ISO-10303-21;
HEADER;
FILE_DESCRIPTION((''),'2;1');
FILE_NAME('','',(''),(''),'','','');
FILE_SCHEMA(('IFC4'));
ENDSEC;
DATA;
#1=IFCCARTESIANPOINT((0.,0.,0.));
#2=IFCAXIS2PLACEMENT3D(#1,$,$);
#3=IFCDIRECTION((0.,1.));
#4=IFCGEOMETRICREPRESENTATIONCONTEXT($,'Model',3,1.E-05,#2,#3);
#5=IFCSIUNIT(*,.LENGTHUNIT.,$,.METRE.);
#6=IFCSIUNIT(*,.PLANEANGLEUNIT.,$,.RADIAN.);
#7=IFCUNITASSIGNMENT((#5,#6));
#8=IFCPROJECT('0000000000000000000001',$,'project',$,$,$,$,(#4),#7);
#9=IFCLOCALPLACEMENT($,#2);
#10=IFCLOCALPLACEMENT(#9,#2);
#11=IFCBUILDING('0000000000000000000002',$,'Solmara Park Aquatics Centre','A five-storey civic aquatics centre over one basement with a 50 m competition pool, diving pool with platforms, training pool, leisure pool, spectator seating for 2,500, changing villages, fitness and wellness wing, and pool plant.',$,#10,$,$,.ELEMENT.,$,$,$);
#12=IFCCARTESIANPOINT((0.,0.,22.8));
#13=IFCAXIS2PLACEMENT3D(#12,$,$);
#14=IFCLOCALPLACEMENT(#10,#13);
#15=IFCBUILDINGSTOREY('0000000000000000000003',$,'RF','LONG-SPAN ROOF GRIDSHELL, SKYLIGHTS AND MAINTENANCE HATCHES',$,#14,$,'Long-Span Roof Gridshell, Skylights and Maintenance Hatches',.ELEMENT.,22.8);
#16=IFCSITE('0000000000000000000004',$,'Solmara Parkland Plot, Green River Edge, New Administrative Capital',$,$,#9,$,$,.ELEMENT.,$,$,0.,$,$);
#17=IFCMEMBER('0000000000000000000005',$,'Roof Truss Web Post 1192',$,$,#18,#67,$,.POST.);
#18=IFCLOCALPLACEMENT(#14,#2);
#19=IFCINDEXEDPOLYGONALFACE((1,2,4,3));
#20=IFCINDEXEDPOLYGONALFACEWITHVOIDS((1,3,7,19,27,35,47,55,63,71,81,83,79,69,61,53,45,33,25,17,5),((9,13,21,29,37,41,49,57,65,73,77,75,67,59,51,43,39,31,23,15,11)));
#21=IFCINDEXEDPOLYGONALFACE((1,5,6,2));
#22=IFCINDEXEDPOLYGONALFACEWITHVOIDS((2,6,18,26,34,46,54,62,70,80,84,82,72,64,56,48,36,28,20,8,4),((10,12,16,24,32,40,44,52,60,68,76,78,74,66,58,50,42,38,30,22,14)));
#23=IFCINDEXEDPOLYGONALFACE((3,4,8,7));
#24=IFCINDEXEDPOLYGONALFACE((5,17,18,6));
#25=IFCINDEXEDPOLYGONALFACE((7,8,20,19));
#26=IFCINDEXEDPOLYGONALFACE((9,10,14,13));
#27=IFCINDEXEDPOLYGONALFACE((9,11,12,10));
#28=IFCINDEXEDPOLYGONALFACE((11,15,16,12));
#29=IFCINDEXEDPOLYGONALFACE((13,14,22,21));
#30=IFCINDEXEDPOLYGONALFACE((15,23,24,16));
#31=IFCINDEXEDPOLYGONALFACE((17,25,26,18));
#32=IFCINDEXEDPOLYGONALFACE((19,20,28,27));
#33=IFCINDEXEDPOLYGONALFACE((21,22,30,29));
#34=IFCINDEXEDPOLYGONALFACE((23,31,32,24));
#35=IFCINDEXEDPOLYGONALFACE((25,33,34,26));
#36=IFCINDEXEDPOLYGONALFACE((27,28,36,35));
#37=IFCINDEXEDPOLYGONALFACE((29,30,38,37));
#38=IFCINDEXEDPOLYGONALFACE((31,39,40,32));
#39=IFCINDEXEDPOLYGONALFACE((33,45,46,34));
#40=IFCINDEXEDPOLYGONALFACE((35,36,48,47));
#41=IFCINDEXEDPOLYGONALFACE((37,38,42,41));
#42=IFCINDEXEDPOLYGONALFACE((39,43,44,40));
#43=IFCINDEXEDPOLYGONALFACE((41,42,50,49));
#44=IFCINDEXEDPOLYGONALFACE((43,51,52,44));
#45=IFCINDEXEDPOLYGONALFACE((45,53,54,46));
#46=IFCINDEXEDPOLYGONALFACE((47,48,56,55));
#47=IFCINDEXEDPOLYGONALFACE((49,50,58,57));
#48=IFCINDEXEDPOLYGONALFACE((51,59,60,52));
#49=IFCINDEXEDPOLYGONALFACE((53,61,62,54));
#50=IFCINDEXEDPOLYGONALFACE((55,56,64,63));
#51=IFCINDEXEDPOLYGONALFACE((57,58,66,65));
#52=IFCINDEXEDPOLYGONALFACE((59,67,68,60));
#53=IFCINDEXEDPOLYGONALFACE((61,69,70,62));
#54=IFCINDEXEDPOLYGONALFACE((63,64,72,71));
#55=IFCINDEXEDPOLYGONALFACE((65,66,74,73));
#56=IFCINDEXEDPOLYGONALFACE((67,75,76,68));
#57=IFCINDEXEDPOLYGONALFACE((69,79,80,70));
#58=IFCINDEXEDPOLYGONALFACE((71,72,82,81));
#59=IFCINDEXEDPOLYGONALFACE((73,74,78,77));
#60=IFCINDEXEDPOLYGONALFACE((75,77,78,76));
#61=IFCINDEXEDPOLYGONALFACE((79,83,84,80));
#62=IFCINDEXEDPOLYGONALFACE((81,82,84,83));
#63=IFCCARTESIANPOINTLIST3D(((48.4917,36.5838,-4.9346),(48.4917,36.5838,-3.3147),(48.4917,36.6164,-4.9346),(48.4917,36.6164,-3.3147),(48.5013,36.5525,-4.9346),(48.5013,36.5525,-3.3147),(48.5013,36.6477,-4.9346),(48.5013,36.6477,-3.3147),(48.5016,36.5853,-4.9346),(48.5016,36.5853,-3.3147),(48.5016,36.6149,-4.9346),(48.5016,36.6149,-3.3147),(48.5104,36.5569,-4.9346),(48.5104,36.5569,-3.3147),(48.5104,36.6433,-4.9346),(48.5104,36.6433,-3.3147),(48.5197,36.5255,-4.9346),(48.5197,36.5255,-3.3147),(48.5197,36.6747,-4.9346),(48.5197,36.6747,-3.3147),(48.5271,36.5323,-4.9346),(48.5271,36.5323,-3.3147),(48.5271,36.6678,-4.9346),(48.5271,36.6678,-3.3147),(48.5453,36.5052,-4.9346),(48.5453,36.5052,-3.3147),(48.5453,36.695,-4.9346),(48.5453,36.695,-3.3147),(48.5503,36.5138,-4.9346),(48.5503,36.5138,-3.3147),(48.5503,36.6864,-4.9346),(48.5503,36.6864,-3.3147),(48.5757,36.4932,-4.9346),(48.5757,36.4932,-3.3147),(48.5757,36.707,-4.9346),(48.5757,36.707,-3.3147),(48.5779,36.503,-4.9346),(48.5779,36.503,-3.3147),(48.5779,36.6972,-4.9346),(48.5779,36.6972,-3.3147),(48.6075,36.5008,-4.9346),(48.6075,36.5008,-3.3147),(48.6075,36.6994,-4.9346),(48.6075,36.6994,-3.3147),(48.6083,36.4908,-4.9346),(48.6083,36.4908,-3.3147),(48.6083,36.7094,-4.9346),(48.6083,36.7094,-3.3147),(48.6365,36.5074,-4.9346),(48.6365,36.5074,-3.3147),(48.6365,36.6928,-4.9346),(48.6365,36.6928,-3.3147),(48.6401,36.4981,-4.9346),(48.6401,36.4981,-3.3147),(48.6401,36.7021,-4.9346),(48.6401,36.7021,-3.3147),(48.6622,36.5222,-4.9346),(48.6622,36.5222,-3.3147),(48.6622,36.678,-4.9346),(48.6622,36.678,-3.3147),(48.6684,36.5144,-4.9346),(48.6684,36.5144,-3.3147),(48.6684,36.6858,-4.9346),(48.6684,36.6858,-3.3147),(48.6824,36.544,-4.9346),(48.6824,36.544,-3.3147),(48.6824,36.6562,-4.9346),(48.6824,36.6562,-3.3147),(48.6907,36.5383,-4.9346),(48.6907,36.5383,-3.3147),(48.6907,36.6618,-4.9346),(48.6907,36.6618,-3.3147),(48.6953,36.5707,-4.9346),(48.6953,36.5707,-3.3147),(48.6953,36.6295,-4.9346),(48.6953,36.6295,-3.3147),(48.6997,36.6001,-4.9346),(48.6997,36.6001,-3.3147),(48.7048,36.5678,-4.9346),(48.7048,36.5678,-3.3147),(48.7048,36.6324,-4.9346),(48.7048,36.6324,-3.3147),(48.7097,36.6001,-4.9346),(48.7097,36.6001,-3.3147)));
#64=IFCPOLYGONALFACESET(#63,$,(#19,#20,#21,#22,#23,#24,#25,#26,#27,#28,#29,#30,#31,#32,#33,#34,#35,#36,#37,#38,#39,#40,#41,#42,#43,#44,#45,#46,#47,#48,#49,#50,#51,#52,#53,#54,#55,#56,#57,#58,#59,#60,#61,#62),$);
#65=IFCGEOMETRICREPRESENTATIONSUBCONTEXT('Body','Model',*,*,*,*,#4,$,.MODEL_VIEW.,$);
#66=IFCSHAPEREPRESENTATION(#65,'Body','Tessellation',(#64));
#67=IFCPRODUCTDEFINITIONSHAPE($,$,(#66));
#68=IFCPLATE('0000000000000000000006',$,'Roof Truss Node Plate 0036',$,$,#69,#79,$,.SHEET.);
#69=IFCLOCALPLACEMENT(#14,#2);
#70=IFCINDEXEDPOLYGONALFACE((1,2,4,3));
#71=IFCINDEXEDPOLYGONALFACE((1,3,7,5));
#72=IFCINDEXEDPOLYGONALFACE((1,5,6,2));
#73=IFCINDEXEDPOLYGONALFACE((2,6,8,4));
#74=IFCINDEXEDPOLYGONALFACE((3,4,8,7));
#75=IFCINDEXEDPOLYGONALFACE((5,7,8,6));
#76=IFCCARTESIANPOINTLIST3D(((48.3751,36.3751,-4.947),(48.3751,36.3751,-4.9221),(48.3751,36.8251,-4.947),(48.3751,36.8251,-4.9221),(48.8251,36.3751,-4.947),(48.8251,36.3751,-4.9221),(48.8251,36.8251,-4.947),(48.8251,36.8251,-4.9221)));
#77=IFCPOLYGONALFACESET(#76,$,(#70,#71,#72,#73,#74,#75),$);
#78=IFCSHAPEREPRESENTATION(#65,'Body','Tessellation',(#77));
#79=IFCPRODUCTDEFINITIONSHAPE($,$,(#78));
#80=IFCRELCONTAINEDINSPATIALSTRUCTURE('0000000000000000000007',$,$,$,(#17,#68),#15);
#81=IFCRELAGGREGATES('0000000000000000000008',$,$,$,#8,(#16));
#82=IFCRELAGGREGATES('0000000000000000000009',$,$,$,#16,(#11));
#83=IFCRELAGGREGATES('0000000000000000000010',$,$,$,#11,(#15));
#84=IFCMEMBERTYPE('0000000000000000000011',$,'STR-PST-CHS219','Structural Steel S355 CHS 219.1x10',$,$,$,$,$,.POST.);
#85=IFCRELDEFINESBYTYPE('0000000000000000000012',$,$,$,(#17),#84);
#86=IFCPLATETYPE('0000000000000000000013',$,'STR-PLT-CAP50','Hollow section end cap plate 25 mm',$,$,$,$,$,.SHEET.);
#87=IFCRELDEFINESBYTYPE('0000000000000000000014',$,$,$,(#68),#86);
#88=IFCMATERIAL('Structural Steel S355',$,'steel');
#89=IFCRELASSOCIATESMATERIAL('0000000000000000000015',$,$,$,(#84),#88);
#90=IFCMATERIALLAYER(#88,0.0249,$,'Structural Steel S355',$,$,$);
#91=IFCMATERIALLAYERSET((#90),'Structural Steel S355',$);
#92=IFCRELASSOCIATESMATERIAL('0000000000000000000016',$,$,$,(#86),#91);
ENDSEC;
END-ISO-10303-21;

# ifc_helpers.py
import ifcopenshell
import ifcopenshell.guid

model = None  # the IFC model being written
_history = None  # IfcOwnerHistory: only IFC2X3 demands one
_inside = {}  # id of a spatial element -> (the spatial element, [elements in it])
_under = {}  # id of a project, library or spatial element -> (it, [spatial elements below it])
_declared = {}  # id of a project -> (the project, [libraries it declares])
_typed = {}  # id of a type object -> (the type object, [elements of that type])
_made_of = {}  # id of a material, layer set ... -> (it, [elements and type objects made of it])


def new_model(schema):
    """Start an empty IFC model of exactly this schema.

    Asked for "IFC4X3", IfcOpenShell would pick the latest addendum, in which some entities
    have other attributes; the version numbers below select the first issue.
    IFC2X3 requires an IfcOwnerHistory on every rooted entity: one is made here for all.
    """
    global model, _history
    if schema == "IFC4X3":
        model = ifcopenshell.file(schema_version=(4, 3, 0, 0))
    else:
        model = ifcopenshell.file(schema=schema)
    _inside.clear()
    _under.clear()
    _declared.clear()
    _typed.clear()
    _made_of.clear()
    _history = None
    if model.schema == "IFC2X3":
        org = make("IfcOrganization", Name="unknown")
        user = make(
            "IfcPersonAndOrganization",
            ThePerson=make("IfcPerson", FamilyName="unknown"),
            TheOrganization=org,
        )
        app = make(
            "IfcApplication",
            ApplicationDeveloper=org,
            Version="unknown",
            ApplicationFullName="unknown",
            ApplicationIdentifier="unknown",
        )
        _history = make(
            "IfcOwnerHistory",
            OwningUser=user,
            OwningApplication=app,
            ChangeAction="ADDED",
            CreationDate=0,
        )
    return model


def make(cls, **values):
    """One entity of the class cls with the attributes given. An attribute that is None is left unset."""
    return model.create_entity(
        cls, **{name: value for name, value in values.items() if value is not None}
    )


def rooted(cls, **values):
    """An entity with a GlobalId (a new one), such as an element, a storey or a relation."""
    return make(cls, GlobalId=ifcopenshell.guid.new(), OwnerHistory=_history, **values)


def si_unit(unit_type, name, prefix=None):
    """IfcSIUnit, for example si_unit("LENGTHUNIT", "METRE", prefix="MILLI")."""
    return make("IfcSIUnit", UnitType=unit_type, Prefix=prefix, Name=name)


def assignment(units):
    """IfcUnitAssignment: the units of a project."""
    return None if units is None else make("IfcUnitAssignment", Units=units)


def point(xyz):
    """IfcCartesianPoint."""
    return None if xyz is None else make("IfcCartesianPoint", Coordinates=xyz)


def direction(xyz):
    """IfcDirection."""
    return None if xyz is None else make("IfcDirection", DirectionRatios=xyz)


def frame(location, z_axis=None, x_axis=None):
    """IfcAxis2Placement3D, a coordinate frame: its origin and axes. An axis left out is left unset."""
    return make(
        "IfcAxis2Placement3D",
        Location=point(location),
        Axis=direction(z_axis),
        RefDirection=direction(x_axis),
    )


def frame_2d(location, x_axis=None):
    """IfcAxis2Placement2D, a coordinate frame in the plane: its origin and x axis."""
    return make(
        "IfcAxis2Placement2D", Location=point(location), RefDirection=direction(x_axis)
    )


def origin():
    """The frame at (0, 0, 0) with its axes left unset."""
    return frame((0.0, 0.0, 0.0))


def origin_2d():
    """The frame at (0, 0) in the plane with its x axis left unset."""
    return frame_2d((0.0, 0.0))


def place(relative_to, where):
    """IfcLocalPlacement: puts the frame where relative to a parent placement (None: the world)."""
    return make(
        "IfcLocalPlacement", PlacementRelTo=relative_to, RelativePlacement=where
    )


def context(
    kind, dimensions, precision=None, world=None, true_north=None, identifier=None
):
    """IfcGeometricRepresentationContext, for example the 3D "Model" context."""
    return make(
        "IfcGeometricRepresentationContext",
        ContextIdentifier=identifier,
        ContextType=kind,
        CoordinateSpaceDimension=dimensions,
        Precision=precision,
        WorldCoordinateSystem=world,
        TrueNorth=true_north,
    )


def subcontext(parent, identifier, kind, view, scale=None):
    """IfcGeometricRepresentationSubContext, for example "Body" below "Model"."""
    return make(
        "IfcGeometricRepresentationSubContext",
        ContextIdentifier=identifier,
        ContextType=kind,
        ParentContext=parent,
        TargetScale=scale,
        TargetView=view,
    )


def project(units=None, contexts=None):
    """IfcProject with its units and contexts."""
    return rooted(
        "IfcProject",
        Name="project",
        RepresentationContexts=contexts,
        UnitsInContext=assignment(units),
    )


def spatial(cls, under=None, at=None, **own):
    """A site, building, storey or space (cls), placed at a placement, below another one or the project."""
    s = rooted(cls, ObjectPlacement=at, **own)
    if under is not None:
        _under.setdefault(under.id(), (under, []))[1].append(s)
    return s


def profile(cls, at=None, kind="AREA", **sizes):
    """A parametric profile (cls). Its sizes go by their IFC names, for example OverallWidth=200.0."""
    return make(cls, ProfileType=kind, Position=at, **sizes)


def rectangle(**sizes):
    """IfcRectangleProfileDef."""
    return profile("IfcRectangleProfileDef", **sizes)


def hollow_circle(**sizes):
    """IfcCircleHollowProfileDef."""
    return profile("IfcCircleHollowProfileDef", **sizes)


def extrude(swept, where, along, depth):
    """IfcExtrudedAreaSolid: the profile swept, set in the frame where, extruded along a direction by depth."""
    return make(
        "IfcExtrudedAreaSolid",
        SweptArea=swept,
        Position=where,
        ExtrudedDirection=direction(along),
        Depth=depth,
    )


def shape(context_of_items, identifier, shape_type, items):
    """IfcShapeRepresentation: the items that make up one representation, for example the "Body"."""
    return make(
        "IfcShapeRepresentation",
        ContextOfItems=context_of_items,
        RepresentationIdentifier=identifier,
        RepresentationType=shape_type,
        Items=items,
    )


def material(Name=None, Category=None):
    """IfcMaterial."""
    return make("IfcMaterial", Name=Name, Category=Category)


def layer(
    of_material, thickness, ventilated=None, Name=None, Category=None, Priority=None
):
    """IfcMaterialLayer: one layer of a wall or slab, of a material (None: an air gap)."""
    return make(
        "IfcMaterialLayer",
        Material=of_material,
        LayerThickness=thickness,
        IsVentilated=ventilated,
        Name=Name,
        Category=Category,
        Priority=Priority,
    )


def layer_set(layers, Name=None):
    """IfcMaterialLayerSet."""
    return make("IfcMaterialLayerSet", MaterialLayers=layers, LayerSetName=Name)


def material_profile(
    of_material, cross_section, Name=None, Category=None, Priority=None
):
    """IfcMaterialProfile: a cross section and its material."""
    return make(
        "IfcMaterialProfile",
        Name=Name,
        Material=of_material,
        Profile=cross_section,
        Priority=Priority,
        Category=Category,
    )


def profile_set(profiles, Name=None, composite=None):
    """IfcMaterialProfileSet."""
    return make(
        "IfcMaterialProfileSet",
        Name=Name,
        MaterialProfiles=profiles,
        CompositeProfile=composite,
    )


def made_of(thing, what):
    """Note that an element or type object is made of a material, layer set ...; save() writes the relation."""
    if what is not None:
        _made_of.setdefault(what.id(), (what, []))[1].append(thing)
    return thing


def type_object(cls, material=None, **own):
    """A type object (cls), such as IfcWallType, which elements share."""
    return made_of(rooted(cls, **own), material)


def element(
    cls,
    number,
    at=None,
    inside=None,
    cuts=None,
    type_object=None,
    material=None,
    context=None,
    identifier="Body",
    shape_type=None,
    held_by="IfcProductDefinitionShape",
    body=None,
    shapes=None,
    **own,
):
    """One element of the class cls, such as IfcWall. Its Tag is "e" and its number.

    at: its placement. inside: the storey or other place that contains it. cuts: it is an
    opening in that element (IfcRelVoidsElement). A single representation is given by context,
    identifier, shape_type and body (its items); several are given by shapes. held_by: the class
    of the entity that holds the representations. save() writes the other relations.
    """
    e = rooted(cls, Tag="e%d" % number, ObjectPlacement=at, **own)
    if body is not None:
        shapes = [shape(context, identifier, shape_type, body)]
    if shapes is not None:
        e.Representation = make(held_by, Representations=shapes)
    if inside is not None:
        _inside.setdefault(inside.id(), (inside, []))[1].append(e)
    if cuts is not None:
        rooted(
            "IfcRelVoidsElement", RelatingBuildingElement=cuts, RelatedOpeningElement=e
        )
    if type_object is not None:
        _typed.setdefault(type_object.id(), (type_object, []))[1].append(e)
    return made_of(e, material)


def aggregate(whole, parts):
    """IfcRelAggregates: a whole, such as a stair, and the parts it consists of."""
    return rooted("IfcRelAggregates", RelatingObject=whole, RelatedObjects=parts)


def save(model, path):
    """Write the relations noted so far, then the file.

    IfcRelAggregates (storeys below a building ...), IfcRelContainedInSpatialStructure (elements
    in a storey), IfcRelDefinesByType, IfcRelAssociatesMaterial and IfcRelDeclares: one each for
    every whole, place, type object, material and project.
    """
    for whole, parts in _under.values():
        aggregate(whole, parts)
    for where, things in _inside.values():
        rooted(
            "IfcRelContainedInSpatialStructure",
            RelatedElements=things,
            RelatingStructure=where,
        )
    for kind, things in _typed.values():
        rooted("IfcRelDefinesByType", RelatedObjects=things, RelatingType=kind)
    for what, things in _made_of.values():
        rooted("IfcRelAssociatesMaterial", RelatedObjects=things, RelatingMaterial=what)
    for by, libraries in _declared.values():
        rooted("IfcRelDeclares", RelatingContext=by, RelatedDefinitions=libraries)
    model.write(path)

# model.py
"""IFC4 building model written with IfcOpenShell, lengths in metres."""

from ifc_helpers import new_model, si_unit, direction, frame, origin, origin_2d, place, context, subcontext, project, spatial, rectangle, hollow_circle, extrude, material, layer, layer_set, material_profile, profile_set, type_object, element, save


model = new_model("IFC4")

# Units and contexts
model_context = context("Model", 3, precision=1e-05, world=origin(), true_north=direction((0.0, 1.0)))
body_context = subcontext(model_context, "Body", "Model", "MODEL_VIEW")
ifc_project = project(units=[si_unit("LENGTHUNIT", "METRE"), si_unit("PLANEANGLEUNIT", "RADIAN")], contexts=[model_context])

# Site, building, storey
site_placement = place(None, origin())
site = spatial("IfcSite", under=ifc_project, at=site_placement, Name="Solmara Parkland Plot, Green River Edge, New Administrative Capital", CompositionType="ELEMENT", RefElevation=0.0)
building_placement = place(site_placement, origin())
building = spatial("IfcBuilding", under=site, at=building_placement, Name="Solmara Park Aquatics Centre", Description="A five-storey civic aquatics centre over one basement with a 50 m competition pool, diving pool with platforms, training pool, leisure pool, spectator seating for 2,500, changing villages, fitness and wellness wing, and pool plant.", CompositionType="ELEMENT")
storey_placement = place(building_placement, frame((0.0, 0.0, 22.8)))
storey = spatial("IfcBuildingStorey", under=building, at=storey_placement, Name="RF", Description="LONG-SPAN ROOF GRIDSHELL, SKYLIGHTS AND MAINTENANCE HATCHES", LongName="Long-Span Roof Gridshell, Skylights and Maintenance Hatches", CompositionType="ELEMENT", Elevation=22.8)

# Member
ifc_material_1 = material(Name="Structural Steel S355", Category="steel")
ifc_material_profile_1 = material_profile(ifc_material_1, hollow_circle(Radius=0.1096, WallThickness=0.01, at=origin_2d()), Name="CHS 219.1x10")
ifc_profile_set_1 = profile_set([ifc_material_profile_1], Name="Structural Steel S355")
member_type_1 = type_object("IfcMemberType", Name="STR-PST-CHS219", Description="Structural Steel S355 CHS 219.1x10", PredefinedType="POST", material=ifc_profile_set_1)
for number, where, z_axis, x_axis, name in (
    (1, (48.6001, 36.6001, -4.9346), (0.0, 0.0, 1.0), (1.0, 0.0, 0.0), "Roof Truss Web Post 1192"),
):
    element("IfcMember", number, at=place(storey_placement, frame(where, z_axis=z_axis, x_axis=x_axis)), inside=storey, type_object=member_type_1, Name=name, PredefinedType="POST", context=body_context, shape_type="SweptSolid", body=[
        extrude(hollow_circle(Radius=0.1096, WallThickness=0.01, at=origin_2d()), origin(), (0.0, 0.0, 1.0), 1.6199),
    ])

# Plate
ifc_layer = layer(ifc_material_1, 0.0249, Name="Structural Steel S355")
ifc_layer_set = layer_set([ifc_layer], Name="Structural Steel S355")
plate_type = type_object("IfcPlateType", Name="STR-PLT-CAP50", Description="Hollow section end cap plate 25 mm", PredefinedType="SHEET", material=ifc_layer_set)
plate_placement = place(storey_placement, frame((48.6001, 36.6001, -4.947), z_axis=(0.0, 0.0, 1.0), x_axis=(1.0, 0.0, 0.0)))
element("IfcPlate", 2, at=plate_placement, inside=storey, type_object=plate_type, Name="Roof Truss Node Plate 0036", PredefinedType="SHEET", context=body_context, shape_type="SweptSolid", body=[
    extrude(rectangle(XDim=0.45, YDim=0.45, at=origin_2d()), origin(), (0.0, 0.0, 1.0), 0.0249),
])

save(model, "model.ifc")
